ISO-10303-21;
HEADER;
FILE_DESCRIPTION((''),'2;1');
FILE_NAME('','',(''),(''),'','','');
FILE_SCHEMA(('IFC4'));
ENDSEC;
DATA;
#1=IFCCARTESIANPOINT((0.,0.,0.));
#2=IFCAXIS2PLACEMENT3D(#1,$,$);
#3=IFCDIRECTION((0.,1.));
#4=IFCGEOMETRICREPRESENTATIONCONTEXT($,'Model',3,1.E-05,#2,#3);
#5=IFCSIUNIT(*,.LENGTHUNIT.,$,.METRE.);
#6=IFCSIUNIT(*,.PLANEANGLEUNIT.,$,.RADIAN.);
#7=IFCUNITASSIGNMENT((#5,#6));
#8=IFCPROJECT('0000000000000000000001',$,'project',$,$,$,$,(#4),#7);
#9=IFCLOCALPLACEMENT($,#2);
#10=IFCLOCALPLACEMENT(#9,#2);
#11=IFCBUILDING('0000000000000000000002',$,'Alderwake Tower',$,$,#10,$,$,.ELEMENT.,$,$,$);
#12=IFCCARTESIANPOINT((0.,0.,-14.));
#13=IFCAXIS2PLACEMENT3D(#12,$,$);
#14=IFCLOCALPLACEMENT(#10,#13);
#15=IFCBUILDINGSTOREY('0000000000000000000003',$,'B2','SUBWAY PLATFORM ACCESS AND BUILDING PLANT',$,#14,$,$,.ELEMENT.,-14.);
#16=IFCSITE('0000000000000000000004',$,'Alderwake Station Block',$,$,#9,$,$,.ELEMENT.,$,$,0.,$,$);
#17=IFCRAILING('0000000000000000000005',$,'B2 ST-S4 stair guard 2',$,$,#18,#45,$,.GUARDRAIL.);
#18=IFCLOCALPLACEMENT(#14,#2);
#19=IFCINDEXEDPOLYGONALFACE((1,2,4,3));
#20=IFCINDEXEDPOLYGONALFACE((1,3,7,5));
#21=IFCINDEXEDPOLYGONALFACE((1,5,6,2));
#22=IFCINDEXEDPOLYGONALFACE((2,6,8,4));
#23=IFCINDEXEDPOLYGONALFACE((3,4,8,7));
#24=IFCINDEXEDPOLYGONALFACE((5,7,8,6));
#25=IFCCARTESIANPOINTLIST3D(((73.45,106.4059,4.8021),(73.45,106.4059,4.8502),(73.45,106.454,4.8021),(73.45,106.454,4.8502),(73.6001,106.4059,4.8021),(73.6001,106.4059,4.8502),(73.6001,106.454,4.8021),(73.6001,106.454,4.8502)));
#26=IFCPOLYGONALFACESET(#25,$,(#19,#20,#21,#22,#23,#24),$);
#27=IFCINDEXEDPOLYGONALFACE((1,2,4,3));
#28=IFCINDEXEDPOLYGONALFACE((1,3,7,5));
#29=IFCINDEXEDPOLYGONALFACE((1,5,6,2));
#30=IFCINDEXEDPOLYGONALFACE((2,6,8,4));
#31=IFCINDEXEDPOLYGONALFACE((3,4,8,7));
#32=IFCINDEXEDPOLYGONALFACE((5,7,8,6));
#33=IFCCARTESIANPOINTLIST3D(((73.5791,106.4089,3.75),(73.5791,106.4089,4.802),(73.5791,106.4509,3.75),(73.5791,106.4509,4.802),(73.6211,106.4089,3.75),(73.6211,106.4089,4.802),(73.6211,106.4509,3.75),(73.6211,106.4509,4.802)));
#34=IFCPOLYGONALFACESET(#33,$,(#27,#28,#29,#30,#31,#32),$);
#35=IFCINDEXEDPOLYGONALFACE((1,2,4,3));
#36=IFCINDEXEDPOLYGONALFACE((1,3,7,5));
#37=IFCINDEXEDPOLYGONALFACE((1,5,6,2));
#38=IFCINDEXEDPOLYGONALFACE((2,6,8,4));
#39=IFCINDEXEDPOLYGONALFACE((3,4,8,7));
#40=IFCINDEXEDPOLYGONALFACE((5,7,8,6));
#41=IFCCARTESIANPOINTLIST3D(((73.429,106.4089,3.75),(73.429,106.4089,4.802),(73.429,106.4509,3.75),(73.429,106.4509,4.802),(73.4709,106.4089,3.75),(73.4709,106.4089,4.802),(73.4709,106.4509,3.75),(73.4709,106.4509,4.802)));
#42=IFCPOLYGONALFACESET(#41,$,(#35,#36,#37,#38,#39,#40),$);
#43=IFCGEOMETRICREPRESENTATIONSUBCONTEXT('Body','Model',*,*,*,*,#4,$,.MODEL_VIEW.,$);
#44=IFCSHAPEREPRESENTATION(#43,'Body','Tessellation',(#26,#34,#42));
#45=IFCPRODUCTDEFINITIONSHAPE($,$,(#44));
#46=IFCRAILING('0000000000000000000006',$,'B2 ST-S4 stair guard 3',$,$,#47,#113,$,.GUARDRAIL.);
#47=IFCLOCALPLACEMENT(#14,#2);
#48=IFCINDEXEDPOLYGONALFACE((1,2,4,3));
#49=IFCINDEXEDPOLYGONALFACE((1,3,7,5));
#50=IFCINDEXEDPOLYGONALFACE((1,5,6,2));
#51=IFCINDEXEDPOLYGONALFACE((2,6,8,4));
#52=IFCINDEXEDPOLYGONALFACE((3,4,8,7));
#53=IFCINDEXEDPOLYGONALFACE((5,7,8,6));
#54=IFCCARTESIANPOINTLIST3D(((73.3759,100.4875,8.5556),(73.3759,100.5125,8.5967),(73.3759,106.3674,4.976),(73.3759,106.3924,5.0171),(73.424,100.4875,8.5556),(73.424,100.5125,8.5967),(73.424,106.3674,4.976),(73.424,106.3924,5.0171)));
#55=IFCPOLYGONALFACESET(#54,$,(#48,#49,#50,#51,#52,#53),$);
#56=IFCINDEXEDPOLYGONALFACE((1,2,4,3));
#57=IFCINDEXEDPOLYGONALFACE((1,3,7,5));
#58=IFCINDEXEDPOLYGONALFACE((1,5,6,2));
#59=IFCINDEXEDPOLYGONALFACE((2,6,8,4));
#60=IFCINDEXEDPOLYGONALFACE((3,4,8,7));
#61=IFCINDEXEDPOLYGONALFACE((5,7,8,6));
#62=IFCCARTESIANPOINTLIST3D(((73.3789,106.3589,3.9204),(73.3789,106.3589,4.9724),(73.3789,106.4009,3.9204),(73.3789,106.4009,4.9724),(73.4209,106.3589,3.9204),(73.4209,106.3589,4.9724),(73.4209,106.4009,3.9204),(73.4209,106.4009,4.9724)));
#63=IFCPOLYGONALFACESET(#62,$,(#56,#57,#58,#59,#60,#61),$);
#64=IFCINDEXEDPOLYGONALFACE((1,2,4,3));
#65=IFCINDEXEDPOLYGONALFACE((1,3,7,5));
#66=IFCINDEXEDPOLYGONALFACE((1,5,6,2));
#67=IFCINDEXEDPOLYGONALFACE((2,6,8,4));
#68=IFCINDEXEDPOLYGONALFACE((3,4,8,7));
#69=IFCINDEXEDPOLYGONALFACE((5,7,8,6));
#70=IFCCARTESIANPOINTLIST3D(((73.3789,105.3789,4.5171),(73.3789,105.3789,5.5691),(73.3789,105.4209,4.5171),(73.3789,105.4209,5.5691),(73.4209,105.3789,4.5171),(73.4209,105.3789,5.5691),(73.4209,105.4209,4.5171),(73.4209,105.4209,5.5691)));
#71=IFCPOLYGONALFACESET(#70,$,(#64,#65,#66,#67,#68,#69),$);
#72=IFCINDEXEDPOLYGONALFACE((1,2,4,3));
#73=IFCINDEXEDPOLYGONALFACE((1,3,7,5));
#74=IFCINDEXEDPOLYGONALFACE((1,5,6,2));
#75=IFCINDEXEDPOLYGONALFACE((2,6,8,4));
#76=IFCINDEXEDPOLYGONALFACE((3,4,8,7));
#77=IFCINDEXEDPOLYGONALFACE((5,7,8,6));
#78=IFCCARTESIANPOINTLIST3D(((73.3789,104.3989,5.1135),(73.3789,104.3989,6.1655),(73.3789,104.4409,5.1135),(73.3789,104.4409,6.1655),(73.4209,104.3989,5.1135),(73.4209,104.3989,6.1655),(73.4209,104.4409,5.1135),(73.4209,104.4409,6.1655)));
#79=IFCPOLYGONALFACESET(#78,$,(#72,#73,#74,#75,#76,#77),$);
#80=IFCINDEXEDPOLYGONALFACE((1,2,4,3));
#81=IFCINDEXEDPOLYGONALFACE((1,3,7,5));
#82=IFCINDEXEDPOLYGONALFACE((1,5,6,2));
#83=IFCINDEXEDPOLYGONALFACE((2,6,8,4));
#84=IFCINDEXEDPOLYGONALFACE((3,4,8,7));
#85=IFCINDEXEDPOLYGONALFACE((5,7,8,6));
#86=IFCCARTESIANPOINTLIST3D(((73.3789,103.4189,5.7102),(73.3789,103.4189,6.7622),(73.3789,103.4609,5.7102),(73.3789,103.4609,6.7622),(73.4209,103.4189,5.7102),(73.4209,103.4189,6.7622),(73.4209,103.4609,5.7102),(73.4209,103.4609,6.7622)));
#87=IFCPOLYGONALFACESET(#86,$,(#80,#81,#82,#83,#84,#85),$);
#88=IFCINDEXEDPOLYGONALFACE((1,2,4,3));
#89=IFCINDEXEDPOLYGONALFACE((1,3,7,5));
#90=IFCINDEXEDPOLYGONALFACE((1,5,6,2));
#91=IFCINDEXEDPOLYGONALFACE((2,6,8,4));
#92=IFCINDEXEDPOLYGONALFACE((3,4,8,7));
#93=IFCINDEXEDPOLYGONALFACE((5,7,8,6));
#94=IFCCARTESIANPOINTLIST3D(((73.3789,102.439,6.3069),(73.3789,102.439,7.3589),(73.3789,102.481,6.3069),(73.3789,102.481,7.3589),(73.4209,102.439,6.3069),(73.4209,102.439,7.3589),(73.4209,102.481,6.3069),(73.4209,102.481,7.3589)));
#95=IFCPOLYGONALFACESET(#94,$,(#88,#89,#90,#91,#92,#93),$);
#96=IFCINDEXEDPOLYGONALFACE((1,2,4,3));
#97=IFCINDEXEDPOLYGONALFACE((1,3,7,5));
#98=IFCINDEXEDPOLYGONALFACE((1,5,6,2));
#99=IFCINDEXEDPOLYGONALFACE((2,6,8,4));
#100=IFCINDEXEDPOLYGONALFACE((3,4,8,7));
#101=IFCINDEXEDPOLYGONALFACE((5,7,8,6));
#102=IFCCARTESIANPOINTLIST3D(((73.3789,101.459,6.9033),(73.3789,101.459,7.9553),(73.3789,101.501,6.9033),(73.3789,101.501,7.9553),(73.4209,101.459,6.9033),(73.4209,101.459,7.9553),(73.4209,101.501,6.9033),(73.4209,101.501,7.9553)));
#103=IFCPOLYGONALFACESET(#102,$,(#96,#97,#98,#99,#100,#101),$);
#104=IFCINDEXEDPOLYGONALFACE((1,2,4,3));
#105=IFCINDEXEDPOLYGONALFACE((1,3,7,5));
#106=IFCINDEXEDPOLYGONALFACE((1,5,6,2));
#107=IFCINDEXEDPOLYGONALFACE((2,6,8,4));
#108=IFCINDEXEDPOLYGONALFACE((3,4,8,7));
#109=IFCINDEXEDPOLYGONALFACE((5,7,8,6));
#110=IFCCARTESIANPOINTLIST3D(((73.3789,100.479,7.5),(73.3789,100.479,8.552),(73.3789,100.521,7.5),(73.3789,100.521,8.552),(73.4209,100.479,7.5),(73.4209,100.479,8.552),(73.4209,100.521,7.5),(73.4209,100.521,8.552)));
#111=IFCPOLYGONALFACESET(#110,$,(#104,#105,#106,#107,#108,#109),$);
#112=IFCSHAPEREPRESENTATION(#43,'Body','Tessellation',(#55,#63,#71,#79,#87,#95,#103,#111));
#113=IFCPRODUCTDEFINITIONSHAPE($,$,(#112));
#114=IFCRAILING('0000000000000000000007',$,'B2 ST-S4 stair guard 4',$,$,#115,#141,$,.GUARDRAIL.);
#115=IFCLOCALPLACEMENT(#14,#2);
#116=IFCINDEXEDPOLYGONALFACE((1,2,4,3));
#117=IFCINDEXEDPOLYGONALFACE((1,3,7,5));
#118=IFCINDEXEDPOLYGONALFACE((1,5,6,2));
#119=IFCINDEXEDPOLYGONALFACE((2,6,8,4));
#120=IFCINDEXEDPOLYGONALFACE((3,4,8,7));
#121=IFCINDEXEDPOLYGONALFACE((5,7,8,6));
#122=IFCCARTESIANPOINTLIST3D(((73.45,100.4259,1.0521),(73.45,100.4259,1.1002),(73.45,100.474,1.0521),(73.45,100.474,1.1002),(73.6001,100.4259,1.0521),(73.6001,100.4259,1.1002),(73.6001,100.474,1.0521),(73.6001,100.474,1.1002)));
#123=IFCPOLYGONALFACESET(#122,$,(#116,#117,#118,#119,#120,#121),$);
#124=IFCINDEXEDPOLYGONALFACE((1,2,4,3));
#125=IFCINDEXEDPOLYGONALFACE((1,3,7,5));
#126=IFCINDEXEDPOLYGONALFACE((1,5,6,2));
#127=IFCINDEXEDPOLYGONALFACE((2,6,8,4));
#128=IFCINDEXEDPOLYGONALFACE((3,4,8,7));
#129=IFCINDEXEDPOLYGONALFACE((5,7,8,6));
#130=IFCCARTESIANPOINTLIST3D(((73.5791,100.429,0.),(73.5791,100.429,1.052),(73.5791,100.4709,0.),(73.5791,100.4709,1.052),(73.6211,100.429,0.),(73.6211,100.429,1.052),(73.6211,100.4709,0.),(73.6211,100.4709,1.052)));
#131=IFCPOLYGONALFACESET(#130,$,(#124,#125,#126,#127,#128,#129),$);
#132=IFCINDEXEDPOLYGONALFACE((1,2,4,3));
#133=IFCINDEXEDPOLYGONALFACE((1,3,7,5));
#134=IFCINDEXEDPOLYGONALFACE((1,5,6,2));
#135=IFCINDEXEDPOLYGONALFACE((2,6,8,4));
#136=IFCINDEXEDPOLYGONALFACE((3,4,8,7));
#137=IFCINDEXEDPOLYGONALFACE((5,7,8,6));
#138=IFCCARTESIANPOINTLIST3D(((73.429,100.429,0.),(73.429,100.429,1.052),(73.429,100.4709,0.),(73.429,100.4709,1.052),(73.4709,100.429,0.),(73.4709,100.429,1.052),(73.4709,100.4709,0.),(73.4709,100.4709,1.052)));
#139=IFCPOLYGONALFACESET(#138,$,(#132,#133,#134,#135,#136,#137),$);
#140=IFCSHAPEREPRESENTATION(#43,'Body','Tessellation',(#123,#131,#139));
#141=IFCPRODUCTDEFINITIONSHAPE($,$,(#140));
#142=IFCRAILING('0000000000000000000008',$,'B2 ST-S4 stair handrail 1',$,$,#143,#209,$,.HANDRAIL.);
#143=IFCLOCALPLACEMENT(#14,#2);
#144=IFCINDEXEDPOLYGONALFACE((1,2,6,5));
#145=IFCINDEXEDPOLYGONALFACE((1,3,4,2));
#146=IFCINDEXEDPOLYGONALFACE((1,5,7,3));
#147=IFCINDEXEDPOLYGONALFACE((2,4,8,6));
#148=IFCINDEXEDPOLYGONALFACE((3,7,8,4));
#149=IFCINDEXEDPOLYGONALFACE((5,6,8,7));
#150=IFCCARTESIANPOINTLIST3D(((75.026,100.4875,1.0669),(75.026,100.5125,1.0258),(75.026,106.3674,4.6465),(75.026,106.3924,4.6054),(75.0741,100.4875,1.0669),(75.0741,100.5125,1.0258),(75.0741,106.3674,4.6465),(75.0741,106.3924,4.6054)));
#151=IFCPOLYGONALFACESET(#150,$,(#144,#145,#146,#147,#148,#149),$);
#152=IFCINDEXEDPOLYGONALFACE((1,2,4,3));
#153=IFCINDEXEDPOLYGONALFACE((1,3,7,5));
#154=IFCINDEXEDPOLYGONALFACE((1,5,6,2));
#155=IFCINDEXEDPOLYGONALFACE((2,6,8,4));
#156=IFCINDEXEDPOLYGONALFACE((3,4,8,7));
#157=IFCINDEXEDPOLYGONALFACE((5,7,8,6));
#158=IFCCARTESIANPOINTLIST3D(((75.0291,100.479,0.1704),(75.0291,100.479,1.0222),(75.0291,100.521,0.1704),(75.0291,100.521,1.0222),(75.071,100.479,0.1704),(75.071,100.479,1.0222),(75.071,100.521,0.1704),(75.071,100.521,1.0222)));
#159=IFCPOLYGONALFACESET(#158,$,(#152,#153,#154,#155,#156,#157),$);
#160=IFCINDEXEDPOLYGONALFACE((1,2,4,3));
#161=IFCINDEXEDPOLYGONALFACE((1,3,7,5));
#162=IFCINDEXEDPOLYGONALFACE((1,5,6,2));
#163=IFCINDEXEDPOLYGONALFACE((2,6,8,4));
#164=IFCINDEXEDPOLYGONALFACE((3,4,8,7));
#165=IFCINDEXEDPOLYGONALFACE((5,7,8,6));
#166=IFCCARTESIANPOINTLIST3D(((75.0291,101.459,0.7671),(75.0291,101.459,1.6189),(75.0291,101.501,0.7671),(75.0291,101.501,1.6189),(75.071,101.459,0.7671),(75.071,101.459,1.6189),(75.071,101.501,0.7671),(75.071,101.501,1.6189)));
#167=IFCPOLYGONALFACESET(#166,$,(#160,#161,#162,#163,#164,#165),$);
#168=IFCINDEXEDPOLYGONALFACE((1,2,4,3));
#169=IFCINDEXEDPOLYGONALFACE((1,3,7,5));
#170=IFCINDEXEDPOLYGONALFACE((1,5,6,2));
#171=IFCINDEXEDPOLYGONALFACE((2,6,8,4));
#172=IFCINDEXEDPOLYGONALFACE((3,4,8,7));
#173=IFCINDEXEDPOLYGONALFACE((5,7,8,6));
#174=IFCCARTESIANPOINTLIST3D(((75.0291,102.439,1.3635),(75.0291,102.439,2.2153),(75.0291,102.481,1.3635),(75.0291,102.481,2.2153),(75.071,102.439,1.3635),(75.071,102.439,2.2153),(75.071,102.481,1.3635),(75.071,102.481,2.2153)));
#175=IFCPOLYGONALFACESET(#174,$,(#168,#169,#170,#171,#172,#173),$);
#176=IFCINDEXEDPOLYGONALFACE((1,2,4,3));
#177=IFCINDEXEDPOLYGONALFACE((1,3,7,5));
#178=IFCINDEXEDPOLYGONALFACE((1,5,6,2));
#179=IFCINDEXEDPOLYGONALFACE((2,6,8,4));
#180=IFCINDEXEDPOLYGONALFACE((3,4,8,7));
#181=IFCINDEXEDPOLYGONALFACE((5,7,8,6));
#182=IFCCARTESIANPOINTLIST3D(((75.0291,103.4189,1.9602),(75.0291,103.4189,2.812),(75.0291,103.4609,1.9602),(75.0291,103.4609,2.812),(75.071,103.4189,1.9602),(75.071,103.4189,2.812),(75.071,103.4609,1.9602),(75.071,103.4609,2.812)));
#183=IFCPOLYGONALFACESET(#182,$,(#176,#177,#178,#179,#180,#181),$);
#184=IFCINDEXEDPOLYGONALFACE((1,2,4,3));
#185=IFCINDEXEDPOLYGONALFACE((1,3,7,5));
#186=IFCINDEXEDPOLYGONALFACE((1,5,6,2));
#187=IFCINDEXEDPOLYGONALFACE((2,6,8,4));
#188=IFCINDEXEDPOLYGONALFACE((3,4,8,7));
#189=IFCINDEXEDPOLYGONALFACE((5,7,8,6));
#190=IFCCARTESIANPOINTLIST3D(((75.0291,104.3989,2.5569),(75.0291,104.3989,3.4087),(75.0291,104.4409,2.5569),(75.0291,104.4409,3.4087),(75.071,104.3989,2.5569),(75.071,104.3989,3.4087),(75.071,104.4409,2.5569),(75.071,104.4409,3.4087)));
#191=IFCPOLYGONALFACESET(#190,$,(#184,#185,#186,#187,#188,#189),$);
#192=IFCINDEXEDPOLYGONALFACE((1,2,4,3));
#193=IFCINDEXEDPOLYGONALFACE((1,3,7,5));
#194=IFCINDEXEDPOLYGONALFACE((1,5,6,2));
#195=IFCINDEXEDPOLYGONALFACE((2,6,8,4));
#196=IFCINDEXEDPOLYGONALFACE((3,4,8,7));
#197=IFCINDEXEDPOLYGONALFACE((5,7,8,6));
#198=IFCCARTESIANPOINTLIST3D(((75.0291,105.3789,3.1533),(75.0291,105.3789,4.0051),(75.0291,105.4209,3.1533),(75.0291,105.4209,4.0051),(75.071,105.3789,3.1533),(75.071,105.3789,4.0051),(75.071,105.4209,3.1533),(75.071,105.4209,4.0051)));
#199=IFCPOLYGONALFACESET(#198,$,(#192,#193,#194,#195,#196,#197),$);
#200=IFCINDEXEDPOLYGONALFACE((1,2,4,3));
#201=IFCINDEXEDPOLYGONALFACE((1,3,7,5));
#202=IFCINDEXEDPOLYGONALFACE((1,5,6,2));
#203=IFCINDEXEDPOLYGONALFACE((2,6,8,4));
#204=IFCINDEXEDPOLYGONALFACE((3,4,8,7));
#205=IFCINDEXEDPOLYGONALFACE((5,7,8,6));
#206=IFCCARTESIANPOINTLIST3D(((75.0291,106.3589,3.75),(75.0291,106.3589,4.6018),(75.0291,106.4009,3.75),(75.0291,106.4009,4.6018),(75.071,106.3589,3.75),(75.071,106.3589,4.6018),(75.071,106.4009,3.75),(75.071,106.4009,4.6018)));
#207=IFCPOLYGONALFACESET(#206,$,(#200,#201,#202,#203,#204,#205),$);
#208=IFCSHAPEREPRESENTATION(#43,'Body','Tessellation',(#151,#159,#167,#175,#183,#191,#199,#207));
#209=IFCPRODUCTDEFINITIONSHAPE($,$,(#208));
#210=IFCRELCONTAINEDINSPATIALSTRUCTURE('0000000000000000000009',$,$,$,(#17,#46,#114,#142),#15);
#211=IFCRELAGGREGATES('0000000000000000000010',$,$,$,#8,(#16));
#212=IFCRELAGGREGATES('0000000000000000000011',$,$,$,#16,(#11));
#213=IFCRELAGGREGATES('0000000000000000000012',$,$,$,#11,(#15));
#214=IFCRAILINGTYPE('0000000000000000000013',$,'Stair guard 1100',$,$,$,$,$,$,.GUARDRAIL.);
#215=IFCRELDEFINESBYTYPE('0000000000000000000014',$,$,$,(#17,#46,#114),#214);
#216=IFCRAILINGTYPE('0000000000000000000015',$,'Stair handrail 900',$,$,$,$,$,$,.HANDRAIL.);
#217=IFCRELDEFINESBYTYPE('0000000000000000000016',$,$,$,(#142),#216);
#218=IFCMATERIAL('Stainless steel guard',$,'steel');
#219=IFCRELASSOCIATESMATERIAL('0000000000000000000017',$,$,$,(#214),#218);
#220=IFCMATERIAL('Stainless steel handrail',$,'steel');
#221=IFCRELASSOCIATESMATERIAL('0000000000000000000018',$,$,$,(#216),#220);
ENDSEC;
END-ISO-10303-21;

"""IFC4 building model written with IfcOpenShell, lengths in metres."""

from ifc_helpers import new_model, si_unit, direction, frame, origin, origin_2d, place, context, subcontext, project, spatial, rectangle, extrude, material, type_object, element, save


model = new_model("IFC4")

# Units and contexts
model_context = context("Model", 3, precision=1e-05, world=origin(), true_north=direction((0.0, 1.0)))
body_context = subcontext(model_context, "Body", "Model", "MODEL_VIEW")
ifc_project = project(units=[si_unit("LENGTHUNIT", "METRE"), si_unit("PLANEANGLEUNIT", "RADIAN")], contexts=[model_context])

# Site, building, storey
site_placement = place(None, origin())
site = spatial("IfcSite", under=ifc_project, at=site_placement, Name="Alderwake Station Block", CompositionType="ELEMENT", RefElevation=0.0)
building_placement = place(site_placement, origin())
building = spatial("IfcBuilding", under=site, at=building_placement, Name="Alderwake Tower", CompositionType="ELEMENT")
storey_placement = place(building_placement, frame((0.0, 0.0, -14.0)))
storey = spatial("IfcBuildingStorey", under=building, at=storey_placement, Name="B2", Description="SUBWAY PLATFORM ACCESS AND BUILDING PLANT", CompositionType="ELEMENT", Elevation=-14.0)

# Railings
ifc_material_1 = material(Name="Stainless steel guard", Category="steel")
railing_type_1 = type_object("IfcRailingType", Name="Stair guard 1100", PredefinedType="GUARDRAIL", material=ifc_material_1)
railing_1_placement = place(storey_placement, frame((73.6001, 106.4299, 3.75)))
element("IfcRailing", 1, at=railing_1_placement, inside=storey, type_object=railing_type_1, Name="B2 ST-S4 stair guard 2", PredefinedType="GUARDRAIL", context=body_context, shape_type="SweptSolid", body=[
    extrude(rectangle(XDim=0.0481, YDim=0.0481, at=origin_2d()), frame((0.0, 0.0, 1.0762), z_axis=(-1.0, 0.0, 0.0), x_axis=(0.0, -1.0, 0.0)), (0.0, 0.0, 1.0), 0.1501),
    extrude(rectangle(XDim=0.042, YDim=0.042, at=origin_2d()), frame((0.0, 0.0, 0.0), z_axis=(0.0, 0.0, 1.0), x_axis=(-1.0, 0.0, 0.0)), (0.0, 0.0, 1.0), 1.052),
    extrude(rectangle(XDim=0.042, YDim=0.042, at=origin_2d()), frame((-0.1501, 0.0, 0.0), z_axis=(0.0, 0.0, 1.0), x_axis=(-1.0, 0.0, 0.0)), (0.0, 0.0, 1.0), 1.052),
])
railing_2_placement = place(storey_placement, frame((73.3999, 106.3799, 3.9204)))
element("IfcRailing", 2, at=railing_2_placement, inside=storey, type_object=railing_type_1, Name="B2 ST-S4 stair guard 3", PredefinedType="GUARDRAIL", context=body_context, shape_type="SweptSolid", body=[
    extrude(rectangle(XDim=0.0481, YDim=0.0481, at=origin_2d()), frame((0.0, 0.0, 1.0762), z_axis=(0.0, -0.854164, 0.520003), x_axis=(1.0, 0.0, 0.0)), (0.0, 0.0, 1.0), 6.8838),
    extrude(rectangle(XDim=0.042, YDim=0.042, at=origin_2d()), frame((0.0, 0.0, 0.0), z_axis=(0.0, 0.0, 1.0), x_axis=(0.0, -1.0, 0.0)), (0.0, 0.0, 1.0), 1.052),
    extrude(rectangle(XDim=0.042, YDim=0.042, at=origin_2d()), frame((0.0, -0.98, 0.5967), z_axis=(0.0, 0.0, 1.0), x_axis=(0.0, -1.0, 0.0)), (0.0, 0.0, 1.0), 1.052),
    extrude(rectangle(XDim=0.042, YDim=0.042, at=origin_2d()), frame((0.0, -1.96, 1.1931), z_axis=(0.0, 0.0, 1.0), x_axis=(0.0, -1.0, 0.0)), (0.0, 0.0, 1.0), 1.052),
    extrude(rectangle(XDim=0.042, YDim=0.042, at=origin_2d()), frame((0.0, -2.9399, 1.7898), z_axis=(0.0, 0.0, 1.0), x_axis=(0.0, -1.0, 0.0)), (0.0, 0.0, 1.0), 1.052),
    extrude(rectangle(XDim=0.042, YDim=0.042, at=origin_2d()), frame((0.0, -3.9199, 2.3865), z_axis=(0.0, 0.0, 1.0), x_axis=(0.0, -1.0, 0.0)), (0.0, 0.0, 1.0), 1.052),
    extrude(rectangle(XDim=0.042, YDim=0.042, at=origin_2d()), frame((0.0, -4.8999, 2.9829), z_axis=(0.0, 0.0, 1.0), x_axis=(0.0, -1.0, 0.0)), (0.0, 0.0, 1.0), 1.052),
    extrude(rectangle(XDim=0.042, YDim=0.042, at=origin_2d()), frame((0.0, -5.8799, 3.5796), z_axis=(0.0, 0.0, 1.0), x_axis=(0.0, -1.0, 0.0)), (0.0, 0.0, 1.0), 1.052),
])
railing_3_placement = place(storey_placement, frame((73.6001, 100.45, 0.0)))
element("IfcRailing", 3, at=railing_3_placement, inside=storey, type_object=railing_type_1, Name="B2 ST-S4 stair guard 4", PredefinedType="GUARDRAIL", context=body_context, shape_type="SweptSolid", body=[
    extrude(rectangle(XDim=0.0481, YDim=0.0481, at=origin_2d()), frame((0.0, 0.0, 1.0762), z_axis=(-1.0, 0.0, 0.0), x_axis=(0.0, -1.0, 0.0)), (0.0, 0.0, 1.0), 0.1501),
    extrude(rectangle(XDim=0.042, YDim=0.042, at=origin_2d()), frame((0.0, 0.0, 0.0), z_axis=(0.0, 0.0, 1.0), x_axis=(-1.0, 0.0, 0.0)), (0.0, 0.0, 1.0), 1.052),
    extrude(rectangle(XDim=0.042, YDim=0.042, at=origin_2d()), frame((-0.1501, 0.0, 0.0), z_axis=(0.0, 0.0, 1.0), x_axis=(-1.0, 0.0, 0.0)), (0.0, 0.0, 1.0), 1.052),
])
ifc_material_2 = material(Name="Stainless steel handrail", Category="steel")
railing_type_2 = type_object("IfcRailingType", Name="Stair handrail 900", PredefinedType="HANDRAIL", material=ifc_material_2)
railing_4_placement = place(storey_placement, frame((75.05, 100.5, 0.1704)))
element("IfcRailing", 4, at=railing_4_placement, inside=storey, type_object=railing_type_2, Name="B2 ST-S4 stair handrail 1", PredefinedType="HANDRAIL", context=body_context, shape_type="SweptSolid", body=[
    extrude(rectangle(XDim=0.0481, YDim=0.0481, at=origin_2d()), frame((0.0, 0.0, 0.876), z_axis=(0.0, 0.854164, 0.520003), x_axis=(-1.0, 0.0, 0.0)), (0.0, 0.0, 1.0), 6.8838),
    extrude(rectangle(XDim=0.042, YDim=0.042, at=origin_2d()), frame((0.0, 0.0, 0.0), z_axis=(0.0, 0.0, 1.0), x_axis=(0.0, 1.0, 0.0)), (0.0, 0.0, 1.0), 0.8518),
    extrude(rectangle(XDim=0.042, YDim=0.042, at=origin_2d()), frame((0.0, 0.98, 0.5967), z_axis=(0.0, 0.0, 1.0), x_axis=(0.0, 1.0, 0.0)), (0.0, 0.0, 1.0), 0.8518),
    extrude(rectangle(XDim=0.042, YDim=0.042, at=origin_2d()), frame((0.0, 1.96, 1.1931), z_axis=(0.0, 0.0, 1.0), x_axis=(0.0, 1.0, 0.0)), (0.0, 0.0, 1.0), 0.8518),
    extrude(rectangle(XDim=0.042, YDim=0.042, at=origin_2d()), frame((0.0, 2.9399, 1.7898), z_axis=(0.0, 0.0, 1.0), x_axis=(0.0, 1.0, 0.0)), (0.0, 0.0, 1.0), 0.8518),
    extrude(rectangle(XDim=0.042, YDim=0.042, at=origin_2d()), frame((0.0, 3.9199, 2.3865), z_axis=(0.0, 0.0, 1.0), x_axis=(0.0, 1.0, 0.0)), (0.0, 0.0, 1.0), 0.8518),
    extrude(rectangle(XDim=0.042, YDim=0.042, at=origin_2d()), frame((0.0, 4.8999, 2.9829), z_axis=(0.0, 0.0, 1.0), x_axis=(0.0, 1.0, 0.0)), (0.0, 0.0, 1.0), 0.8518),
    extrude(rectangle(XDim=0.042, YDim=0.042, at=origin_2d()), frame((0.0, 5.8799, 3.5796), z_axis=(0.0, 0.0, 1.0), x_axis=(0.0, 1.0, 0.0)), (0.0, 0.0, 1.0), 0.8518),
])

save(model, "model.ifc")
